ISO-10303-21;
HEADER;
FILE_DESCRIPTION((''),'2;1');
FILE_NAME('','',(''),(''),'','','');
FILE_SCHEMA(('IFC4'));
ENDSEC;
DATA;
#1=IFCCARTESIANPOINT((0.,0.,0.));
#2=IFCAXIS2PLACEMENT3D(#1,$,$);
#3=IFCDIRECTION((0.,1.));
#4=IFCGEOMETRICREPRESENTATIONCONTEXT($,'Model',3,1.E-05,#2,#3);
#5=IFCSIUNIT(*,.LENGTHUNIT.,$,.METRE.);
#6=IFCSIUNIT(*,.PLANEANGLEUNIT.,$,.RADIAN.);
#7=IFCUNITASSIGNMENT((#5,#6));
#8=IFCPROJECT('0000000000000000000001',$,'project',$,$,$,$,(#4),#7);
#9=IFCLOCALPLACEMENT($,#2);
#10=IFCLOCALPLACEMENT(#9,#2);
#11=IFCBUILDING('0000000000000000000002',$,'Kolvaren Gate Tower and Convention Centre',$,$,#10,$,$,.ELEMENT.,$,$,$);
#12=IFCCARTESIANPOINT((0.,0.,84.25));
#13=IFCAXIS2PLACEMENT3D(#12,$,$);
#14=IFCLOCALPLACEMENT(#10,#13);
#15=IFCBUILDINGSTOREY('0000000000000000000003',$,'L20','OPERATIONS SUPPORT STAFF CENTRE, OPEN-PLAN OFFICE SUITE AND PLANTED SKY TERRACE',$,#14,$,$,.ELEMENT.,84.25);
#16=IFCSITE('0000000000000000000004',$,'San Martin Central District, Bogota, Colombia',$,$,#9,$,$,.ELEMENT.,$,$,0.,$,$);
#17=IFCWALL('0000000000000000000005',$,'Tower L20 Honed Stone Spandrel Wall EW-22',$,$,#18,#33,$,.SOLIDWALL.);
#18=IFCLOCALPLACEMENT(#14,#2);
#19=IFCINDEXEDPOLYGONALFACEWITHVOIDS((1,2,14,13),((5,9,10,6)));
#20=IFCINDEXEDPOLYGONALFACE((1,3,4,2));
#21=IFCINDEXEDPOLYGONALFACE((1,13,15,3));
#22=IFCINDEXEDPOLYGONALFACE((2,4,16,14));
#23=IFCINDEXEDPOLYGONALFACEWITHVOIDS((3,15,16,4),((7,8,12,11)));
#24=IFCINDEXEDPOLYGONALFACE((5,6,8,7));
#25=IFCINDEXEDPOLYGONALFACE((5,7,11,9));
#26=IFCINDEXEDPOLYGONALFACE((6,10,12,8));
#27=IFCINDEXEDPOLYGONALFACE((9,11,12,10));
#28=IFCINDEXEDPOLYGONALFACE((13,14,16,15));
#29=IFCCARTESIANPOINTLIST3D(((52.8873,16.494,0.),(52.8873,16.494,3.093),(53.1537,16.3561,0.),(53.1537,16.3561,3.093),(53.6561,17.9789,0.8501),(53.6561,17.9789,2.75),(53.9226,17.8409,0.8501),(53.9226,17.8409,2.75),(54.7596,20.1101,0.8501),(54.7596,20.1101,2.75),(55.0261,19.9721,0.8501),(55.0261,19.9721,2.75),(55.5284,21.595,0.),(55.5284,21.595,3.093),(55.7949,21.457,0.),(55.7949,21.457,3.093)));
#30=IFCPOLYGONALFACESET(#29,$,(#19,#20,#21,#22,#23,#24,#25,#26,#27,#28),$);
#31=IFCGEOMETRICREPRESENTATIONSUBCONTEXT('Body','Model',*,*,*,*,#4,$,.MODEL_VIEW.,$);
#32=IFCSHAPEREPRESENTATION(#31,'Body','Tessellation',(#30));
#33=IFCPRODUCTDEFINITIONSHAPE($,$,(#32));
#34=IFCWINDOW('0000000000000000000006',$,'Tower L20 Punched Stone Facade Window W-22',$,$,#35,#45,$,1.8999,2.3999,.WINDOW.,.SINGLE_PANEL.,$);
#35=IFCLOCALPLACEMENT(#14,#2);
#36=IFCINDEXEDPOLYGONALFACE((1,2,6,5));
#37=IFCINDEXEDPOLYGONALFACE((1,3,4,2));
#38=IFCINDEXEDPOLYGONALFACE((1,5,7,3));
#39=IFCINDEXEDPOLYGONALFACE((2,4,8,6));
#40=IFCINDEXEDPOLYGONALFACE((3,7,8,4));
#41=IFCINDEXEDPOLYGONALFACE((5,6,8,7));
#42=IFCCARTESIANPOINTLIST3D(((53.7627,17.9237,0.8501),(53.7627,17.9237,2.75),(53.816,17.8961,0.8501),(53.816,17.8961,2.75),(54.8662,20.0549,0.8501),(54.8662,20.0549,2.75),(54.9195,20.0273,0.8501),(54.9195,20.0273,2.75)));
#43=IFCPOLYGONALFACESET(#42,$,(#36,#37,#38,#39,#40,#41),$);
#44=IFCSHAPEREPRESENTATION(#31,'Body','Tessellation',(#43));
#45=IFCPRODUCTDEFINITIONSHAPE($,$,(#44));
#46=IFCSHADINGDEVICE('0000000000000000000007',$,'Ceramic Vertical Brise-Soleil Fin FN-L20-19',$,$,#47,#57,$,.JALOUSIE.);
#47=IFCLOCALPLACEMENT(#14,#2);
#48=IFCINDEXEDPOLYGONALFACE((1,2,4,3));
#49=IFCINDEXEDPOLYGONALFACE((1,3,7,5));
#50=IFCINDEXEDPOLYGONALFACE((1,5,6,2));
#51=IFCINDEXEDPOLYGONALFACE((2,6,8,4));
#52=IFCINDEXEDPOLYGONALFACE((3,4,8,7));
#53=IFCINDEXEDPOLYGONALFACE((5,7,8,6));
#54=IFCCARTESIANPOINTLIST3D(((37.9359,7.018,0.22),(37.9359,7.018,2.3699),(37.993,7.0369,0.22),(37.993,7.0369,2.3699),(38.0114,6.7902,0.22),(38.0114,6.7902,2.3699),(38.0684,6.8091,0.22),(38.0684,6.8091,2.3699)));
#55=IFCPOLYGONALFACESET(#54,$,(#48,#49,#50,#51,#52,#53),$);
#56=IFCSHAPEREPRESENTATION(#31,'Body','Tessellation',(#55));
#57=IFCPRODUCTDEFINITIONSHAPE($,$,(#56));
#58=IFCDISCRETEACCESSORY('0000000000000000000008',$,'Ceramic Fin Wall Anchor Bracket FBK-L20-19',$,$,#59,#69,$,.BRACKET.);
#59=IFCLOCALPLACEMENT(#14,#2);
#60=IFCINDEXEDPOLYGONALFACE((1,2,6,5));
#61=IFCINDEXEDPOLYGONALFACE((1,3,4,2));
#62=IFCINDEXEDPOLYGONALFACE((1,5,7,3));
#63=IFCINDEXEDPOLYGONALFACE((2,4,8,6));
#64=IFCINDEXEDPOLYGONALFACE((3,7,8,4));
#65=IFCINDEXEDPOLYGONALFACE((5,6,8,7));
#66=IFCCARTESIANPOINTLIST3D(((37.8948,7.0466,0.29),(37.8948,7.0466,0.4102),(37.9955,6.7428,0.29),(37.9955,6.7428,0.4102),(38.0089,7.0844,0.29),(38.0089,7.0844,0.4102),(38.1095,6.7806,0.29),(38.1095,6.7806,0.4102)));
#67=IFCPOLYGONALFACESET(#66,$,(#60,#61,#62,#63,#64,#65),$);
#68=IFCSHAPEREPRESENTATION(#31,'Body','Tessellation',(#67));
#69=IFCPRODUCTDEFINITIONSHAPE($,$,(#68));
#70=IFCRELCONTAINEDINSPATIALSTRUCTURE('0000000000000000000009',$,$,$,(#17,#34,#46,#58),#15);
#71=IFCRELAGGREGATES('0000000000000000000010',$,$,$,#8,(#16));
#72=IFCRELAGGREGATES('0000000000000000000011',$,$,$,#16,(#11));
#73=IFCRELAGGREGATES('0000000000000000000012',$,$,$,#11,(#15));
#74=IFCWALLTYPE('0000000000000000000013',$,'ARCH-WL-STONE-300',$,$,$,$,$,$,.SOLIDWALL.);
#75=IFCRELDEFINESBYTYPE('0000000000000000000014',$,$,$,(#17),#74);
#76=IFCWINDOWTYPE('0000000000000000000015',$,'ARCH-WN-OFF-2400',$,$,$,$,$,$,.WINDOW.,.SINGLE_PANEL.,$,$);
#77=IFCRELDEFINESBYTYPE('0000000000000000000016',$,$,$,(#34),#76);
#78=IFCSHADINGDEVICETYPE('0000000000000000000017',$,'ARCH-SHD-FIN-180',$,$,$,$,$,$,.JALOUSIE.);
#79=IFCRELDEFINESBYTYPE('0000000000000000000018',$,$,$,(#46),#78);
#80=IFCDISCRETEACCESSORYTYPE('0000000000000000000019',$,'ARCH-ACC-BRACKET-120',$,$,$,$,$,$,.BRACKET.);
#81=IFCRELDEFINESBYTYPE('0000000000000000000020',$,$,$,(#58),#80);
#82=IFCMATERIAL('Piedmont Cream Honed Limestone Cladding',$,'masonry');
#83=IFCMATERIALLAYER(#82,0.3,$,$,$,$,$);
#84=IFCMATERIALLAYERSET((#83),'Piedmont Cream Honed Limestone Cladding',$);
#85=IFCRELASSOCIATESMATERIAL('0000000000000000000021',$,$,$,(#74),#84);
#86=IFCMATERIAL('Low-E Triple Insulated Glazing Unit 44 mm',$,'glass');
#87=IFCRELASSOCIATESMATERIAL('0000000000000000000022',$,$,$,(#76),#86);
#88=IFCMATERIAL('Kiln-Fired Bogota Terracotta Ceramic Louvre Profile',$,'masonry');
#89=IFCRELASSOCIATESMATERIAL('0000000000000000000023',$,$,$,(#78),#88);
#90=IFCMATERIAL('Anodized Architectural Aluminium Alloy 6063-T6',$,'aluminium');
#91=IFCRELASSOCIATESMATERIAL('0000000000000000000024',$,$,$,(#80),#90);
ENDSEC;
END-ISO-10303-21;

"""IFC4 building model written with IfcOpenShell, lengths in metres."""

from ifc_helpers import new_model, si_unit, direction, frame, frame_2d, origin, origin_2d, place, context, subcontext, project, spatial, rectangle, extrude, material, layer, layer_set, type_object, element, fill, save


model = new_model("IFC4")

# Units and contexts
model_context = context("Model", 3, precision=1e-05, world=origin(), true_north=direction((0.0, 1.0)))
body_context = subcontext(model_context, "Body", "Model", "MODEL_VIEW")
ifc_project = project(units=[si_unit("LENGTHUNIT", "METRE"), si_unit("PLANEANGLEUNIT", "RADIAN")], contexts=[model_context])

# Site, building, storey
site_placement = place(None, origin())
site = spatial("IfcSite", under=ifc_project, at=site_placement, Name="San Martin Central District, Bogota, Colombia", CompositionType="ELEMENT", RefElevation=0.0)
building_placement = place(site_placement, origin())
building = spatial("IfcBuilding", under=site, at=building_placement, Name="Kolvaren Gate Tower and Convention Centre", CompositionType="ELEMENT")
storey_placement = place(building_placement, frame((0.0, 0.0, 84.25)))
storey = spatial("IfcBuildingStorey", under=building, at=storey_placement, Name="L20", Description="OPERATIONS SUPPORT STAFF CENTRE, OPEN-PLAN OFFICE SUITE AND PLANTED SKY TERRACE", CompositionType="ELEMENT", Elevation=84.25)

# Shared definitions
ifc_material_1 = material(Name="Piedmont Cream Honed Limestone Cladding", Category="masonry")

# Shared definitions
ifc_layer_1 = layer(ifc_material_1, 0.3)
ifc_layer_set_1 = layer_set([ifc_layer_1], Name="Piedmont Cream Honed Limestone Cladding")
wall_type_1 = type_object("IfcWallType", Name="ARCH-WL-STONE-300", PredefinedType="SOLIDWALL", material=ifc_layer_set_1)
ifc_material_2 = material(Name="Low-E Triple Insulated Glazing Unit 44 mm", Category="glass")
window_type = type_object("IfcWindowType", Name="ARCH-WN-OFF-2400", PartitioningType="SINGLE_PANEL", PredefinedType="WINDOW", material=ifc_material_2)

# Shared definitions
ifc_material_3 = material(Name="Anodized Architectural Aluminium Alloy 6063-T6", Category="aluminium")

# Wall, opening, window
wall_1_placement = place(storey_placement, frame((53.0205, 16.425, 0.0), z_axis=(0.0, 0.0, 1.0), x_axis=(0.459801, 0.888022, 0.0)))
wall_1 = element("IfcWall", 1, at=wall_1_placement, inside=storey, type_object=wall_type_1, Name="Tower L20 Honed Stone Spandrel Wall EW-22", PredefinedType="SOLIDWALL", context=body_context, shape_type="SweptSolid", body=[
    extrude(rectangle(XDim=5.7441, YDim=0.3, at=frame_2d((2.8721, 0.0))), origin(), (0.0, 0.0, 1.0), 3.093),
])
opening_1_placement = place(wall_1_placement, frame((1.6721, 0.0, 0.8501)))
opening_1 = element("IfcOpeningElement", 2, at=opening_1_placement, cuts=wall_1, PredefinedType="OPENING", context=body_context, shape_type="SweptSolid", body=[
    extrude(rectangle(XDim=2.3999, YDim=1.8999, at=frame_2d((1.2, 0.95))), frame((0.0, 0.1599, 0.0), z_axis=(0.0, -1.0, 0.0), x_axis=(1.0, 0.0, 0.0)), (0.0, 0.0, 1.0), 0.3201),
])
window_1_placement = place(opening_1_placement, origin())
window_1 = element("IfcWindow", 3, at=window_1_placement, inside=storey, type_object=window_type, Name="Tower L20 Punched Stone Facade Window W-22", OverallHeight=1.8999, OverallWidth=2.3999, PartitioningType="SINGLE_PANEL", PredefinedType="WINDOW", context=body_context, shape_type="SweptSolid", body=[
    extrude(rectangle(XDim=2.3999, YDim=1.8999, at=frame_2d((1.2, 0.95))), frame((0.0, 0.03, 0.0), z_axis=(0.0, -1.0, 0.0), x_axis=(1.0, 0.0, 0.0)), (0.0, 0.0, 1.0), 0.0601),
])
fill(opening_1, window_1)

# Shading device
ifc_material_4 = material(Name="Kiln-Fired Bogota Terracotta Ceramic Louvre Profile", Category="masonry")
shading_device_type = type_object("IfcShadingDeviceType", Name="ARCH-SHD-FIN-180", PredefinedType="JALOUSIE", material=ifc_material_4)
shading_device_placement = place(storey_placement, frame((38.0022, 6.9136, 0.22), z_axis=(0.0, 0.0, 1.0), x_axis=(0.949242, 0.314548, 0.0)))
element("IfcShadingDevice", 4, at=shading_device_placement, inside=storey, type_object=shading_device_type, Name="Ceramic Vertical Brise-Soleil Fin FN-L20-19", PredefinedType="JALOUSIE", context=body_context, shape_type="SweptSolid", body=[
    extrude(rectangle(XDim=0.0601, YDim=0.24, at=origin_2d()), origin(), (0.0, 0.0, 1.0), 2.1499),
])

# Discrete accessory
discrete_accessory_type = type_object("IfcDiscreteAccessoryType", Name="ARCH-ACC-BRACKET-120", PredefinedType="BRACKET", material=ifc_material_3)
discrete_accessory_placement = place(storey_placement, frame((38.0022, 6.9136, 0.29), z_axis=(0.0, 0.0, 1.0), x_axis=(0.949242, 0.314548, 0.0)))
element("IfcDiscreteAccessory", 5, at=discrete_accessory_placement, inside=storey, type_object=discrete_accessory_type, Name="Ceramic Fin Wall Anchor Bracket FBK-L20-19", PredefinedType="BRACKET", context=body_context, shape_type="SweptSolid", body=[
    extrude(rectangle(XDim=0.1201, YDim=0.3201, at=origin_2d()), origin(), (0.0, 0.0, 1.0), 0.1201),
])

save(model, "model.ifc")
